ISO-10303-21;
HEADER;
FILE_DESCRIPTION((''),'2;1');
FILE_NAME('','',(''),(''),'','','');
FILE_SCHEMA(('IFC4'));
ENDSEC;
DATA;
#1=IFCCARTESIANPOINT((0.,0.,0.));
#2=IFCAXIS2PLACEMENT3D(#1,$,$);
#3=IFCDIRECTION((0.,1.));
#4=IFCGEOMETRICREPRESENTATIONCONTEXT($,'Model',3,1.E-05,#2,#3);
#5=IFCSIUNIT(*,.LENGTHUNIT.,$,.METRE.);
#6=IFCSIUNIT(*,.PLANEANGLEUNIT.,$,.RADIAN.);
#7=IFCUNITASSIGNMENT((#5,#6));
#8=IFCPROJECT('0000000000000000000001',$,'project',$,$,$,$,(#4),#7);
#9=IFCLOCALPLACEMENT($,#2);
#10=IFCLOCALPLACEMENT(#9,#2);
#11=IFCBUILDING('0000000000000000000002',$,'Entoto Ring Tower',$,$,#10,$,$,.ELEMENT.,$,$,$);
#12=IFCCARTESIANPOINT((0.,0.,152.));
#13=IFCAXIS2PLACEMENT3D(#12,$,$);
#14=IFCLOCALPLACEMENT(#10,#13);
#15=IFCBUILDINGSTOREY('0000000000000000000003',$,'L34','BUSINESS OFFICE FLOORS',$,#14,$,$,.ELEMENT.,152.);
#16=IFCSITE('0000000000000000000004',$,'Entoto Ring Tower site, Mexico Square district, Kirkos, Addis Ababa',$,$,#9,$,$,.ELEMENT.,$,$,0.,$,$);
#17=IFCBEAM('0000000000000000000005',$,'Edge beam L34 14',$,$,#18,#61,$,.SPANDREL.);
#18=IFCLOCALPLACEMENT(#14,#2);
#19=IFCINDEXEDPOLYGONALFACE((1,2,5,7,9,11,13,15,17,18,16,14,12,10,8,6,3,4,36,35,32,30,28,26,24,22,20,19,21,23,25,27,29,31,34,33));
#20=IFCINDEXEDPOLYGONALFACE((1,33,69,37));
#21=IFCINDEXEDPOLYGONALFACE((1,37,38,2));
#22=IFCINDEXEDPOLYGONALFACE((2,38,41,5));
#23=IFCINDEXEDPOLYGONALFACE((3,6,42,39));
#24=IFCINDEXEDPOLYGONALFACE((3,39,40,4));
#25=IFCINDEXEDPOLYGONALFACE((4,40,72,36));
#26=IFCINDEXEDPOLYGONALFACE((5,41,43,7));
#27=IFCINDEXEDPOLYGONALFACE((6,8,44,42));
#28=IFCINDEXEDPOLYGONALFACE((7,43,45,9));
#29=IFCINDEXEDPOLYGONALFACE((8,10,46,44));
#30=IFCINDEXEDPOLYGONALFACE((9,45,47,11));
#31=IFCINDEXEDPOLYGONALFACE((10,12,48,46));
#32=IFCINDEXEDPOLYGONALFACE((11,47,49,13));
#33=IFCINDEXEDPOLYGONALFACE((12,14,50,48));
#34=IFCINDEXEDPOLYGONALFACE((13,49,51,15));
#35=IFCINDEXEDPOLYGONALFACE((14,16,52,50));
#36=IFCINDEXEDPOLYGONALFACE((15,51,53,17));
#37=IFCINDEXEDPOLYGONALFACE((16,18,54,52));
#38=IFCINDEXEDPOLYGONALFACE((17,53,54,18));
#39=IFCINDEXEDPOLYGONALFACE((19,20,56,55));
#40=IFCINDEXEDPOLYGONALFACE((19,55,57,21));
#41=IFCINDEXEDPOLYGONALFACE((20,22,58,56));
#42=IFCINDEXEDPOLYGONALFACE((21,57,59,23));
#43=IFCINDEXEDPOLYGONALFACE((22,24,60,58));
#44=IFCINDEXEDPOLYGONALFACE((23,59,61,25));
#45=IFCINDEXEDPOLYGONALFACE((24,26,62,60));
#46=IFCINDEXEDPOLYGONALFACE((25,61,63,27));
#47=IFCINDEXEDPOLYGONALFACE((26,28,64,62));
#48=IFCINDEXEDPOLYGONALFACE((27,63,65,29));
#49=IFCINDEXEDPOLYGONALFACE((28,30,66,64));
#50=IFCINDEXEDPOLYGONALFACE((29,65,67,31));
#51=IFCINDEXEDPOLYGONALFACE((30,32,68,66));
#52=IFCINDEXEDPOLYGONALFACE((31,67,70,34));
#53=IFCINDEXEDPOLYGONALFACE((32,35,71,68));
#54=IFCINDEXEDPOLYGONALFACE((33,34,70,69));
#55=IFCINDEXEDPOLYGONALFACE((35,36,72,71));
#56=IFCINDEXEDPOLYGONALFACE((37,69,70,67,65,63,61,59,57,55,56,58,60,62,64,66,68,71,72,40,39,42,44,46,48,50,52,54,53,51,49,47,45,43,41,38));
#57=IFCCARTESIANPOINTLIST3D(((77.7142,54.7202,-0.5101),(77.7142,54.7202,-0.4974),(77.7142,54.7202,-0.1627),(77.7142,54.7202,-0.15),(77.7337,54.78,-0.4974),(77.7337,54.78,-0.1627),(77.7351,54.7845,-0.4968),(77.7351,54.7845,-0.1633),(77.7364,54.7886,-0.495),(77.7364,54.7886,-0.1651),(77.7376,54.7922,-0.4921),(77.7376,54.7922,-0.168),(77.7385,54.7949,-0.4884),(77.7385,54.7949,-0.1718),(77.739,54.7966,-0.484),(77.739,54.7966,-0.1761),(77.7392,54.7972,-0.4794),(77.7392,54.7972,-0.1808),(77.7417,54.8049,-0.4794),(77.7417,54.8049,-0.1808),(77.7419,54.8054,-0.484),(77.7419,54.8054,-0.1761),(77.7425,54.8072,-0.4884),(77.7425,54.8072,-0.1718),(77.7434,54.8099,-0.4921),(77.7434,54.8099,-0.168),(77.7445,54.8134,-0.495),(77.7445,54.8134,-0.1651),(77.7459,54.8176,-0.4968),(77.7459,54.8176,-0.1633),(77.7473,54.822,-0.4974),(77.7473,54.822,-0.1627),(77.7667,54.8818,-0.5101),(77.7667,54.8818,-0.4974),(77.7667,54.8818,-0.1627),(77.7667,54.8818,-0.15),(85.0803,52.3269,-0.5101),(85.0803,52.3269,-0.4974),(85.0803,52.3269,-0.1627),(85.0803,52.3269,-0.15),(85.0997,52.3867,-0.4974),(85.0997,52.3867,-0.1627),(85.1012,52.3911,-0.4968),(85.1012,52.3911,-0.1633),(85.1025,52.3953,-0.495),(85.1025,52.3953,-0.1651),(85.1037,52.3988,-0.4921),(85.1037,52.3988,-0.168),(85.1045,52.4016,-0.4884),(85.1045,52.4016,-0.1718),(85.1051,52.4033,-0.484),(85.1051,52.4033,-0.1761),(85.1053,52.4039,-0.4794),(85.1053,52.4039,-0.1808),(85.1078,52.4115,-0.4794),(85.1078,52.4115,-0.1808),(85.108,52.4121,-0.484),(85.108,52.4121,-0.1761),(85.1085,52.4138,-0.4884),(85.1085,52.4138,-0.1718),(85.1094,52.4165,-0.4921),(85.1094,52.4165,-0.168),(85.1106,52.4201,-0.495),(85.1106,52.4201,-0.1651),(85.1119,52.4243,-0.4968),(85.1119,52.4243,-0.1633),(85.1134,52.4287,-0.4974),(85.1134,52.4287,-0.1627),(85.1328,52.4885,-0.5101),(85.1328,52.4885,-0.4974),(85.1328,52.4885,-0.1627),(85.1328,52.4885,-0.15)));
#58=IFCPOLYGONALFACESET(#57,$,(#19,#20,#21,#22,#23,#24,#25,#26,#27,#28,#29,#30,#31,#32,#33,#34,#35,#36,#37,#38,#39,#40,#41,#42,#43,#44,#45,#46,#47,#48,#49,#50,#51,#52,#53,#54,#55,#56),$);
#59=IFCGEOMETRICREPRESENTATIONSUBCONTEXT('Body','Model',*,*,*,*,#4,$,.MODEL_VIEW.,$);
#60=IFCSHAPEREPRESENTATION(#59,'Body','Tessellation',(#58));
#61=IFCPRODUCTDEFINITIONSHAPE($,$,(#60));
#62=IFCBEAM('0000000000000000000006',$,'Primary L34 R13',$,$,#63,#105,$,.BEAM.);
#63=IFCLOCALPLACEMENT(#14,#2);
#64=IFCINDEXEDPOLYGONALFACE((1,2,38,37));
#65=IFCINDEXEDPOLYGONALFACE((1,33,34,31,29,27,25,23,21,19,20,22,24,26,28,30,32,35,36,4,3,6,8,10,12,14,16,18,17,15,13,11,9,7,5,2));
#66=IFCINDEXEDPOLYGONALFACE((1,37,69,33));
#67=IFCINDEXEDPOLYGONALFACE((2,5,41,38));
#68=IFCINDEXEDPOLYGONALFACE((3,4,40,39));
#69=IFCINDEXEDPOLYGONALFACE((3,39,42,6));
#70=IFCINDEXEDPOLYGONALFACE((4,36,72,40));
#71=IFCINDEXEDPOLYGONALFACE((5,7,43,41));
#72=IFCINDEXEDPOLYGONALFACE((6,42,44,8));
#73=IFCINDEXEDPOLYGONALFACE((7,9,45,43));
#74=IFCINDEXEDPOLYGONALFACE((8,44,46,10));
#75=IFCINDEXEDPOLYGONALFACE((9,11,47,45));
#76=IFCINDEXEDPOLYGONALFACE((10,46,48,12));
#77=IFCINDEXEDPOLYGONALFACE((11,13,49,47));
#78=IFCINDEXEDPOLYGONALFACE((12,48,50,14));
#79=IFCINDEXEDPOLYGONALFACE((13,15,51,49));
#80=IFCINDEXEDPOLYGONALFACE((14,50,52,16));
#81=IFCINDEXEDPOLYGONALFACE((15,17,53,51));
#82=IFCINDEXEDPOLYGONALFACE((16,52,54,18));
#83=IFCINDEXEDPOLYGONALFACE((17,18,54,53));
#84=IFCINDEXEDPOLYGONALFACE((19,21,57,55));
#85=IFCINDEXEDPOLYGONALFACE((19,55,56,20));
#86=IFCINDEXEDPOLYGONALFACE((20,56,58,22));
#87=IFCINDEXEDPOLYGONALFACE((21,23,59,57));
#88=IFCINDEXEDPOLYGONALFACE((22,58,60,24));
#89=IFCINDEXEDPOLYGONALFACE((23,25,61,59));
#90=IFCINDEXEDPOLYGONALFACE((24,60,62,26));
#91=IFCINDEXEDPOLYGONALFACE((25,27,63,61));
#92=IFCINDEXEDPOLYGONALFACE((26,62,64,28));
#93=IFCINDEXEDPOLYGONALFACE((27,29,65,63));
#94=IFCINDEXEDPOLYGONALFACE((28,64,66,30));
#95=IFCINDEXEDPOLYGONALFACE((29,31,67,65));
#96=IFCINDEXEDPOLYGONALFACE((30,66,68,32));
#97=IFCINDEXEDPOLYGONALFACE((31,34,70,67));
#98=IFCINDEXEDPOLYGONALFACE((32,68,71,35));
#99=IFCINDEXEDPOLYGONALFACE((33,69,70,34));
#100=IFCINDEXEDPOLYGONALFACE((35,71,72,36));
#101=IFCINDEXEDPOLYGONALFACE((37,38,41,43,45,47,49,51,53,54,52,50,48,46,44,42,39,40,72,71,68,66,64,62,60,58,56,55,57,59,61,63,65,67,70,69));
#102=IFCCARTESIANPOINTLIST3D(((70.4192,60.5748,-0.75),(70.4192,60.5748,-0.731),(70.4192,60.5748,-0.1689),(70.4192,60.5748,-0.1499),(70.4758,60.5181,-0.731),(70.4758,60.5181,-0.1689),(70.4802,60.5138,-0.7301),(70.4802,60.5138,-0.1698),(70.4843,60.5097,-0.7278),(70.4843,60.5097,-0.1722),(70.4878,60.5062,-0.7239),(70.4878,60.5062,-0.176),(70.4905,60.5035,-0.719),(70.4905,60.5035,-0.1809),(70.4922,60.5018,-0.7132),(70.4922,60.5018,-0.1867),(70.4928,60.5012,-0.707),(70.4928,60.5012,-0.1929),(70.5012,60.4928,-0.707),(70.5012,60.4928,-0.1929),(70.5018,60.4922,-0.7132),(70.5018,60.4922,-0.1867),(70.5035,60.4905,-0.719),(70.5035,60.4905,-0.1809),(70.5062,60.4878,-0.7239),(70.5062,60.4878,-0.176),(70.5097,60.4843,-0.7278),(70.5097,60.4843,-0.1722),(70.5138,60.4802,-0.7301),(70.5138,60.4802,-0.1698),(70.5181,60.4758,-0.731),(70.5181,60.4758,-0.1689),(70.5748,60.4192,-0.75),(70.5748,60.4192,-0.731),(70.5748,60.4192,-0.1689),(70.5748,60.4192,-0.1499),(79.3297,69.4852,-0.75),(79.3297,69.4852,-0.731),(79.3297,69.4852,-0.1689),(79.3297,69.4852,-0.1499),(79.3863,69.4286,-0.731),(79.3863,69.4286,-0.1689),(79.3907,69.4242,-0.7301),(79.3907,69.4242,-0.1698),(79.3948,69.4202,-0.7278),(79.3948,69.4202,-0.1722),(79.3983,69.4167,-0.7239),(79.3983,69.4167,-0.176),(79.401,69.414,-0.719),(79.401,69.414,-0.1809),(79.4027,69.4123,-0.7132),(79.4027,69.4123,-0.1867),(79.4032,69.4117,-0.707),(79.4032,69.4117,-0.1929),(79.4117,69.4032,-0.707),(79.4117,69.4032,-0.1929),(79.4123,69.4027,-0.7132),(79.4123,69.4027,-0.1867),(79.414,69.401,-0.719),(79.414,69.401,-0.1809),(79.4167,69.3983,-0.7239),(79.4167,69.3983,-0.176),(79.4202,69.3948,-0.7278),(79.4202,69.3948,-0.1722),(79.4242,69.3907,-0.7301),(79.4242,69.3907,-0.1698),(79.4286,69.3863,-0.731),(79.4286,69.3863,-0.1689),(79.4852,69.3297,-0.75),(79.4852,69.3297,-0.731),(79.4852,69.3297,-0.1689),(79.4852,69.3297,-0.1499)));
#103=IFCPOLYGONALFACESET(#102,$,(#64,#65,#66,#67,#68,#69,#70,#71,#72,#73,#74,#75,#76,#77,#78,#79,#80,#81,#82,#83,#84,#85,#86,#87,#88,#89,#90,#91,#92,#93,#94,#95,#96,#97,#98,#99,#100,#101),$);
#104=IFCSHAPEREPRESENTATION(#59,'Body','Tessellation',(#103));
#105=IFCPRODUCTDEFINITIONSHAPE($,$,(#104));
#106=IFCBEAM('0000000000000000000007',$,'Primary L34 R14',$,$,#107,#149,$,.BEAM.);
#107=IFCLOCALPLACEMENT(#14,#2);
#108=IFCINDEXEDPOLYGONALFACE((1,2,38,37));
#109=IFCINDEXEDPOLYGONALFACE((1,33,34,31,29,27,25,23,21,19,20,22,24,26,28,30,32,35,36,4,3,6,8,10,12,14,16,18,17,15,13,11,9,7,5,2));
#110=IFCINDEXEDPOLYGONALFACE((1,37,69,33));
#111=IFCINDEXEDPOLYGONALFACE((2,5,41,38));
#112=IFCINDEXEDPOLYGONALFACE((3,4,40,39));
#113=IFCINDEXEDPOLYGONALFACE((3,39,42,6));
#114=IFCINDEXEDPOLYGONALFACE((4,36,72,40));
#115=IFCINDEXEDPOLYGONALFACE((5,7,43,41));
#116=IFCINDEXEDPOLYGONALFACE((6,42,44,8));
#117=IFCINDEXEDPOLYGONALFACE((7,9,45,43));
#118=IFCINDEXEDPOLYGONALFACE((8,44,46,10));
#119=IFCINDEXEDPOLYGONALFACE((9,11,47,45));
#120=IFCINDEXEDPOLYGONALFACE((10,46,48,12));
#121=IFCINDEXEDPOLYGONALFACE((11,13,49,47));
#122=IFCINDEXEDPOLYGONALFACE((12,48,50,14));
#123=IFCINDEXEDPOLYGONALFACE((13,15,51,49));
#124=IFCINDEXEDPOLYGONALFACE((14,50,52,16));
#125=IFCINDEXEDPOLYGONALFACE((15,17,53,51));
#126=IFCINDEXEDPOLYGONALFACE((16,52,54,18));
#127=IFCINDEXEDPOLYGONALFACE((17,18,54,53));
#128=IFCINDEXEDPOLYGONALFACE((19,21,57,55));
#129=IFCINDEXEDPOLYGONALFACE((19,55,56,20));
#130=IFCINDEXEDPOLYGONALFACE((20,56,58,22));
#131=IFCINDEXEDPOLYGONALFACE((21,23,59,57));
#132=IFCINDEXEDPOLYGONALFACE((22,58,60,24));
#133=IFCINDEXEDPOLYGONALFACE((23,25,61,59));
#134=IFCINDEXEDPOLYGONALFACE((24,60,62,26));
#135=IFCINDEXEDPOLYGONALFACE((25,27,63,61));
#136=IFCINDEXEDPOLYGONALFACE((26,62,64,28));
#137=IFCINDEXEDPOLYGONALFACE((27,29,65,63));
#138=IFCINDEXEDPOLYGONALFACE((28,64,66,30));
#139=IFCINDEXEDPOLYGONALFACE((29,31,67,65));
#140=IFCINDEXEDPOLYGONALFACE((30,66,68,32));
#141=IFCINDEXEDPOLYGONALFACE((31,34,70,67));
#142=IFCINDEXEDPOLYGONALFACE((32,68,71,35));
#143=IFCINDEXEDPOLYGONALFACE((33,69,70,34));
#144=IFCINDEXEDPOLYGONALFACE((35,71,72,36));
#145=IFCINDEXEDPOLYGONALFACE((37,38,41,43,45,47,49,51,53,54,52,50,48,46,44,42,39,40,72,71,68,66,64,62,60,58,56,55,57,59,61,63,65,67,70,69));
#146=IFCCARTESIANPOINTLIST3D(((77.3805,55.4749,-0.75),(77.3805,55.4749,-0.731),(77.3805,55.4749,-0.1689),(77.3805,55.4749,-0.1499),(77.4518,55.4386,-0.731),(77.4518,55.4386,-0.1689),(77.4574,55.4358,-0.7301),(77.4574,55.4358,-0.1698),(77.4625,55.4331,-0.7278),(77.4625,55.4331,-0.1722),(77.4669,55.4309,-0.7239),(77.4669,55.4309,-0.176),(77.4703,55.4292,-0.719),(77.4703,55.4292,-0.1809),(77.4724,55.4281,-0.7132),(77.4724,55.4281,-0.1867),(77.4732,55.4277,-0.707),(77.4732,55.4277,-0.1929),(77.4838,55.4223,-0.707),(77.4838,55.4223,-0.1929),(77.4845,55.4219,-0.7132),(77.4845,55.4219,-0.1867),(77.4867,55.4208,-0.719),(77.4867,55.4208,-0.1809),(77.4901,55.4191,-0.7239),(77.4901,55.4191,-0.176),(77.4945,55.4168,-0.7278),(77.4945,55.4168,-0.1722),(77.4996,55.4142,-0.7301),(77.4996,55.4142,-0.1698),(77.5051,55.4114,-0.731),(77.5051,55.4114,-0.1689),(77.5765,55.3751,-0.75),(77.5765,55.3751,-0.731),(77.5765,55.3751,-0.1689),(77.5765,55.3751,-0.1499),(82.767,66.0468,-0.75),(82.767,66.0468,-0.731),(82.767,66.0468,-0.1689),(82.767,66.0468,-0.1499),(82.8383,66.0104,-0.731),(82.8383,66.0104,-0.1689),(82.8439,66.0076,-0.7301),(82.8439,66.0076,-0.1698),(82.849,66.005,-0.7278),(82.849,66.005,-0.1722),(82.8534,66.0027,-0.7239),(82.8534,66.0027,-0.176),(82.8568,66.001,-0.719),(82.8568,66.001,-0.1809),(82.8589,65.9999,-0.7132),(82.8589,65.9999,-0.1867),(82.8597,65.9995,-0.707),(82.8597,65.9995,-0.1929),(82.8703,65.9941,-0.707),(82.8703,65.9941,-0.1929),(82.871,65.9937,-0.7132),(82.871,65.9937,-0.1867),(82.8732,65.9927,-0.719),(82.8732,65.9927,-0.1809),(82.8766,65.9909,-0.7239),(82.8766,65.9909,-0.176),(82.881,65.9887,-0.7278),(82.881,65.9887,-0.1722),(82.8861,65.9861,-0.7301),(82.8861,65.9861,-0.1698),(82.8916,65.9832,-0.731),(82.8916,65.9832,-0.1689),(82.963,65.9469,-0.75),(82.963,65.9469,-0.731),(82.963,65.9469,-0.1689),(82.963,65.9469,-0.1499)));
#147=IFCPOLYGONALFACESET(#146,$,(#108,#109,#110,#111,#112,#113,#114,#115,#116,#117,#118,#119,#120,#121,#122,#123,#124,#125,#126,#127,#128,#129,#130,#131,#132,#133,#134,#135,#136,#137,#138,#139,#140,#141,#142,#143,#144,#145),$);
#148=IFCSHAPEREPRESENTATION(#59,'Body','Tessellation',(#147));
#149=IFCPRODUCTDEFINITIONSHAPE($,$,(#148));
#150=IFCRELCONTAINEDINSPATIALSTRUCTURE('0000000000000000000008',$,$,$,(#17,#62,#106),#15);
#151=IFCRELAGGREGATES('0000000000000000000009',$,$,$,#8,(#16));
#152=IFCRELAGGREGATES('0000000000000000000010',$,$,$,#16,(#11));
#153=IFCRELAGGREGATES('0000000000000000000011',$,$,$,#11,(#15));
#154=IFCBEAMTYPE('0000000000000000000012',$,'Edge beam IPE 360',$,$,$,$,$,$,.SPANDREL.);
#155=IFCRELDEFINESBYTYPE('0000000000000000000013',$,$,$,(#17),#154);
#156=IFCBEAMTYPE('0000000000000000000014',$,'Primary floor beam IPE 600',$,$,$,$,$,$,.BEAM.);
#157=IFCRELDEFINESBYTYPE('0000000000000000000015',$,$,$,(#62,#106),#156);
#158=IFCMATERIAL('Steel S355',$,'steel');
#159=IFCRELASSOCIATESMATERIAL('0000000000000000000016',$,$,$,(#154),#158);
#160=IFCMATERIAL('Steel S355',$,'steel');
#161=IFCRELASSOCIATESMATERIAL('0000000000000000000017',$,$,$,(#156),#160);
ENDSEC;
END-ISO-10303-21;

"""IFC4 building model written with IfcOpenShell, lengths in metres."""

from ifc_helpers import new_model, si_unit, direction, frame, origin, origin_2d, place, context, subcontext, project, spatial, i_section, extrude, material, material_profile, profile_set, type_object, element, save


model = new_model("IFC4")

# Units and contexts
model_context = context("Model", 3, precision=1e-05, world=origin(), true_north=direction((0.0, 1.0)))
body_context = subcontext(model_context, "Body", "Model", "MODEL_VIEW")
ifc_project = project(units=[si_unit("LENGTHUNIT", "METRE"), si_unit("PLANEANGLEUNIT", "RADIAN")], contexts=[model_context])

# Site, building, storey
site_placement = place(None, origin())
site = spatial("IfcSite", under=ifc_project, at=site_placement, Name="Entoto Ring Tower site, Mexico Square district, Kirkos, Addis Ababa", CompositionType="ELEMENT", RefElevation=0.0)
building_placement = place(site_placement, origin())
building = spatial("IfcBuilding", under=site, at=building_placement, Name="Entoto Ring Tower", CompositionType="ELEMENT")
storey_placement = place(building_placement, frame((0.0, 0.0, 152.0)))
storey = spatial("IfcBuildingStorey", under=building, at=storey_placement, Name="L34", Description="BUSINESS OFFICE FLOORS", CompositionType="ELEMENT", Elevation=152.0)

# Beams
ifc_material_1 = material(Name="Steel S355", Category="steel")
ifc_material_profile_1 = material_profile(ifc_material_1, i_section(OverallWidth=0.1699, OverallDepth=0.3601, WebThickness=0.0081, FlangeThickness=0.0127, FilletRadius=0.0181, at=origin_2d()), Name="IPE 360")
ifc_profile_set_1 = profile_set([ifc_material_profile_1], Name="Steel S355")
beam_type_1 = type_object("IfcBeamType", Name="Edge beam IPE 360", PredefinedType="SPANDREL", material=ifc_profile_set_1)
for number, where, z_axis, x_axis, name in (
    (1, (77.7405, 54.801, -0.3301), (0.951058, -0.309013, 0.0), (0.309013, 0.951058, 0.0), "Edge beam L34 14"),
):
    element("IfcBeam", number, at=place(storey_placement, frame(where, z_axis=z_axis, x_axis=x_axis)), inside=storey, type_object=beam_type_1, Name=name, PredefinedType="SPANDREL", context=body_context, shape_type="SweptSolid", body=[
        extrude(i_section(OverallWidth=0.1699, OverallDepth=0.3601, WebThickness=0.0081, FlangeThickness=0.0127, FilletRadius=0.0181, at=origin_2d()), origin(), (0.0, 0.0, 1.0), 7.7451),
    ])
ifc_material_2 = material(Name="Steel S355", Category="steel")
ifc_material_profile_2 = material_profile(ifc_material_2, i_section(OverallWidth=0.22, OverallDepth=0.6001, WebThickness=0.012, FlangeThickness=0.019, FilletRadius=0.0239, at=origin_2d()), Name="IPE 600")
ifc_profile_set_2 = profile_set([ifc_material_profile_2], Name="Steel S355")
beam_type_2 = type_object("IfcBeamType", Name="Primary floor beam IPE 600", PredefinedType="BEAM", material=ifc_profile_set_2)
beam_1_placement = place(storey_placement, frame((79.4075, 69.4075, -0.45), z_axis=(-0.707107, -0.707107, 0.0), x_axis=(0.707107, -0.707107, 0.0)))
element("IfcBeam", 2, at=beam_1_placement, inside=storey, type_object=beam_type_2, Name="Primary L34 R13", PredefinedType="BEAM", context=body_context, shape_type="SweptSolid", body=[
    extrude(i_section(OverallWidth=0.22, OverallDepth=0.6001, WebThickness=0.012, FlangeThickness=0.019, FilletRadius=0.0239, at=origin_2d()), origin(), (0.0, 0.0, 1.0), 12.6013),
])
beam_2_placement = place(storey_placement, frame((82.865, 65.9968, -0.45), z_axis=(-0.453983, -0.89101, 0.0), x_axis=(0.89101, -0.453983, 0.0)))
element("IfcBeam", 3, at=beam_2_placement, inside=storey, type_object=beam_type_2, Name="Primary L34 R14", PredefinedType="BEAM", context=body_context, shape_type="SweptSolid", body=[
    extrude(i_section(OverallWidth=0.22, OverallDepth=0.6001, WebThickness=0.012, FlangeThickness=0.019, FilletRadius=0.0239, at=origin_2d()), origin(), (0.0, 0.0, 1.0), 11.865),
])

save(model, "model.ifc")
